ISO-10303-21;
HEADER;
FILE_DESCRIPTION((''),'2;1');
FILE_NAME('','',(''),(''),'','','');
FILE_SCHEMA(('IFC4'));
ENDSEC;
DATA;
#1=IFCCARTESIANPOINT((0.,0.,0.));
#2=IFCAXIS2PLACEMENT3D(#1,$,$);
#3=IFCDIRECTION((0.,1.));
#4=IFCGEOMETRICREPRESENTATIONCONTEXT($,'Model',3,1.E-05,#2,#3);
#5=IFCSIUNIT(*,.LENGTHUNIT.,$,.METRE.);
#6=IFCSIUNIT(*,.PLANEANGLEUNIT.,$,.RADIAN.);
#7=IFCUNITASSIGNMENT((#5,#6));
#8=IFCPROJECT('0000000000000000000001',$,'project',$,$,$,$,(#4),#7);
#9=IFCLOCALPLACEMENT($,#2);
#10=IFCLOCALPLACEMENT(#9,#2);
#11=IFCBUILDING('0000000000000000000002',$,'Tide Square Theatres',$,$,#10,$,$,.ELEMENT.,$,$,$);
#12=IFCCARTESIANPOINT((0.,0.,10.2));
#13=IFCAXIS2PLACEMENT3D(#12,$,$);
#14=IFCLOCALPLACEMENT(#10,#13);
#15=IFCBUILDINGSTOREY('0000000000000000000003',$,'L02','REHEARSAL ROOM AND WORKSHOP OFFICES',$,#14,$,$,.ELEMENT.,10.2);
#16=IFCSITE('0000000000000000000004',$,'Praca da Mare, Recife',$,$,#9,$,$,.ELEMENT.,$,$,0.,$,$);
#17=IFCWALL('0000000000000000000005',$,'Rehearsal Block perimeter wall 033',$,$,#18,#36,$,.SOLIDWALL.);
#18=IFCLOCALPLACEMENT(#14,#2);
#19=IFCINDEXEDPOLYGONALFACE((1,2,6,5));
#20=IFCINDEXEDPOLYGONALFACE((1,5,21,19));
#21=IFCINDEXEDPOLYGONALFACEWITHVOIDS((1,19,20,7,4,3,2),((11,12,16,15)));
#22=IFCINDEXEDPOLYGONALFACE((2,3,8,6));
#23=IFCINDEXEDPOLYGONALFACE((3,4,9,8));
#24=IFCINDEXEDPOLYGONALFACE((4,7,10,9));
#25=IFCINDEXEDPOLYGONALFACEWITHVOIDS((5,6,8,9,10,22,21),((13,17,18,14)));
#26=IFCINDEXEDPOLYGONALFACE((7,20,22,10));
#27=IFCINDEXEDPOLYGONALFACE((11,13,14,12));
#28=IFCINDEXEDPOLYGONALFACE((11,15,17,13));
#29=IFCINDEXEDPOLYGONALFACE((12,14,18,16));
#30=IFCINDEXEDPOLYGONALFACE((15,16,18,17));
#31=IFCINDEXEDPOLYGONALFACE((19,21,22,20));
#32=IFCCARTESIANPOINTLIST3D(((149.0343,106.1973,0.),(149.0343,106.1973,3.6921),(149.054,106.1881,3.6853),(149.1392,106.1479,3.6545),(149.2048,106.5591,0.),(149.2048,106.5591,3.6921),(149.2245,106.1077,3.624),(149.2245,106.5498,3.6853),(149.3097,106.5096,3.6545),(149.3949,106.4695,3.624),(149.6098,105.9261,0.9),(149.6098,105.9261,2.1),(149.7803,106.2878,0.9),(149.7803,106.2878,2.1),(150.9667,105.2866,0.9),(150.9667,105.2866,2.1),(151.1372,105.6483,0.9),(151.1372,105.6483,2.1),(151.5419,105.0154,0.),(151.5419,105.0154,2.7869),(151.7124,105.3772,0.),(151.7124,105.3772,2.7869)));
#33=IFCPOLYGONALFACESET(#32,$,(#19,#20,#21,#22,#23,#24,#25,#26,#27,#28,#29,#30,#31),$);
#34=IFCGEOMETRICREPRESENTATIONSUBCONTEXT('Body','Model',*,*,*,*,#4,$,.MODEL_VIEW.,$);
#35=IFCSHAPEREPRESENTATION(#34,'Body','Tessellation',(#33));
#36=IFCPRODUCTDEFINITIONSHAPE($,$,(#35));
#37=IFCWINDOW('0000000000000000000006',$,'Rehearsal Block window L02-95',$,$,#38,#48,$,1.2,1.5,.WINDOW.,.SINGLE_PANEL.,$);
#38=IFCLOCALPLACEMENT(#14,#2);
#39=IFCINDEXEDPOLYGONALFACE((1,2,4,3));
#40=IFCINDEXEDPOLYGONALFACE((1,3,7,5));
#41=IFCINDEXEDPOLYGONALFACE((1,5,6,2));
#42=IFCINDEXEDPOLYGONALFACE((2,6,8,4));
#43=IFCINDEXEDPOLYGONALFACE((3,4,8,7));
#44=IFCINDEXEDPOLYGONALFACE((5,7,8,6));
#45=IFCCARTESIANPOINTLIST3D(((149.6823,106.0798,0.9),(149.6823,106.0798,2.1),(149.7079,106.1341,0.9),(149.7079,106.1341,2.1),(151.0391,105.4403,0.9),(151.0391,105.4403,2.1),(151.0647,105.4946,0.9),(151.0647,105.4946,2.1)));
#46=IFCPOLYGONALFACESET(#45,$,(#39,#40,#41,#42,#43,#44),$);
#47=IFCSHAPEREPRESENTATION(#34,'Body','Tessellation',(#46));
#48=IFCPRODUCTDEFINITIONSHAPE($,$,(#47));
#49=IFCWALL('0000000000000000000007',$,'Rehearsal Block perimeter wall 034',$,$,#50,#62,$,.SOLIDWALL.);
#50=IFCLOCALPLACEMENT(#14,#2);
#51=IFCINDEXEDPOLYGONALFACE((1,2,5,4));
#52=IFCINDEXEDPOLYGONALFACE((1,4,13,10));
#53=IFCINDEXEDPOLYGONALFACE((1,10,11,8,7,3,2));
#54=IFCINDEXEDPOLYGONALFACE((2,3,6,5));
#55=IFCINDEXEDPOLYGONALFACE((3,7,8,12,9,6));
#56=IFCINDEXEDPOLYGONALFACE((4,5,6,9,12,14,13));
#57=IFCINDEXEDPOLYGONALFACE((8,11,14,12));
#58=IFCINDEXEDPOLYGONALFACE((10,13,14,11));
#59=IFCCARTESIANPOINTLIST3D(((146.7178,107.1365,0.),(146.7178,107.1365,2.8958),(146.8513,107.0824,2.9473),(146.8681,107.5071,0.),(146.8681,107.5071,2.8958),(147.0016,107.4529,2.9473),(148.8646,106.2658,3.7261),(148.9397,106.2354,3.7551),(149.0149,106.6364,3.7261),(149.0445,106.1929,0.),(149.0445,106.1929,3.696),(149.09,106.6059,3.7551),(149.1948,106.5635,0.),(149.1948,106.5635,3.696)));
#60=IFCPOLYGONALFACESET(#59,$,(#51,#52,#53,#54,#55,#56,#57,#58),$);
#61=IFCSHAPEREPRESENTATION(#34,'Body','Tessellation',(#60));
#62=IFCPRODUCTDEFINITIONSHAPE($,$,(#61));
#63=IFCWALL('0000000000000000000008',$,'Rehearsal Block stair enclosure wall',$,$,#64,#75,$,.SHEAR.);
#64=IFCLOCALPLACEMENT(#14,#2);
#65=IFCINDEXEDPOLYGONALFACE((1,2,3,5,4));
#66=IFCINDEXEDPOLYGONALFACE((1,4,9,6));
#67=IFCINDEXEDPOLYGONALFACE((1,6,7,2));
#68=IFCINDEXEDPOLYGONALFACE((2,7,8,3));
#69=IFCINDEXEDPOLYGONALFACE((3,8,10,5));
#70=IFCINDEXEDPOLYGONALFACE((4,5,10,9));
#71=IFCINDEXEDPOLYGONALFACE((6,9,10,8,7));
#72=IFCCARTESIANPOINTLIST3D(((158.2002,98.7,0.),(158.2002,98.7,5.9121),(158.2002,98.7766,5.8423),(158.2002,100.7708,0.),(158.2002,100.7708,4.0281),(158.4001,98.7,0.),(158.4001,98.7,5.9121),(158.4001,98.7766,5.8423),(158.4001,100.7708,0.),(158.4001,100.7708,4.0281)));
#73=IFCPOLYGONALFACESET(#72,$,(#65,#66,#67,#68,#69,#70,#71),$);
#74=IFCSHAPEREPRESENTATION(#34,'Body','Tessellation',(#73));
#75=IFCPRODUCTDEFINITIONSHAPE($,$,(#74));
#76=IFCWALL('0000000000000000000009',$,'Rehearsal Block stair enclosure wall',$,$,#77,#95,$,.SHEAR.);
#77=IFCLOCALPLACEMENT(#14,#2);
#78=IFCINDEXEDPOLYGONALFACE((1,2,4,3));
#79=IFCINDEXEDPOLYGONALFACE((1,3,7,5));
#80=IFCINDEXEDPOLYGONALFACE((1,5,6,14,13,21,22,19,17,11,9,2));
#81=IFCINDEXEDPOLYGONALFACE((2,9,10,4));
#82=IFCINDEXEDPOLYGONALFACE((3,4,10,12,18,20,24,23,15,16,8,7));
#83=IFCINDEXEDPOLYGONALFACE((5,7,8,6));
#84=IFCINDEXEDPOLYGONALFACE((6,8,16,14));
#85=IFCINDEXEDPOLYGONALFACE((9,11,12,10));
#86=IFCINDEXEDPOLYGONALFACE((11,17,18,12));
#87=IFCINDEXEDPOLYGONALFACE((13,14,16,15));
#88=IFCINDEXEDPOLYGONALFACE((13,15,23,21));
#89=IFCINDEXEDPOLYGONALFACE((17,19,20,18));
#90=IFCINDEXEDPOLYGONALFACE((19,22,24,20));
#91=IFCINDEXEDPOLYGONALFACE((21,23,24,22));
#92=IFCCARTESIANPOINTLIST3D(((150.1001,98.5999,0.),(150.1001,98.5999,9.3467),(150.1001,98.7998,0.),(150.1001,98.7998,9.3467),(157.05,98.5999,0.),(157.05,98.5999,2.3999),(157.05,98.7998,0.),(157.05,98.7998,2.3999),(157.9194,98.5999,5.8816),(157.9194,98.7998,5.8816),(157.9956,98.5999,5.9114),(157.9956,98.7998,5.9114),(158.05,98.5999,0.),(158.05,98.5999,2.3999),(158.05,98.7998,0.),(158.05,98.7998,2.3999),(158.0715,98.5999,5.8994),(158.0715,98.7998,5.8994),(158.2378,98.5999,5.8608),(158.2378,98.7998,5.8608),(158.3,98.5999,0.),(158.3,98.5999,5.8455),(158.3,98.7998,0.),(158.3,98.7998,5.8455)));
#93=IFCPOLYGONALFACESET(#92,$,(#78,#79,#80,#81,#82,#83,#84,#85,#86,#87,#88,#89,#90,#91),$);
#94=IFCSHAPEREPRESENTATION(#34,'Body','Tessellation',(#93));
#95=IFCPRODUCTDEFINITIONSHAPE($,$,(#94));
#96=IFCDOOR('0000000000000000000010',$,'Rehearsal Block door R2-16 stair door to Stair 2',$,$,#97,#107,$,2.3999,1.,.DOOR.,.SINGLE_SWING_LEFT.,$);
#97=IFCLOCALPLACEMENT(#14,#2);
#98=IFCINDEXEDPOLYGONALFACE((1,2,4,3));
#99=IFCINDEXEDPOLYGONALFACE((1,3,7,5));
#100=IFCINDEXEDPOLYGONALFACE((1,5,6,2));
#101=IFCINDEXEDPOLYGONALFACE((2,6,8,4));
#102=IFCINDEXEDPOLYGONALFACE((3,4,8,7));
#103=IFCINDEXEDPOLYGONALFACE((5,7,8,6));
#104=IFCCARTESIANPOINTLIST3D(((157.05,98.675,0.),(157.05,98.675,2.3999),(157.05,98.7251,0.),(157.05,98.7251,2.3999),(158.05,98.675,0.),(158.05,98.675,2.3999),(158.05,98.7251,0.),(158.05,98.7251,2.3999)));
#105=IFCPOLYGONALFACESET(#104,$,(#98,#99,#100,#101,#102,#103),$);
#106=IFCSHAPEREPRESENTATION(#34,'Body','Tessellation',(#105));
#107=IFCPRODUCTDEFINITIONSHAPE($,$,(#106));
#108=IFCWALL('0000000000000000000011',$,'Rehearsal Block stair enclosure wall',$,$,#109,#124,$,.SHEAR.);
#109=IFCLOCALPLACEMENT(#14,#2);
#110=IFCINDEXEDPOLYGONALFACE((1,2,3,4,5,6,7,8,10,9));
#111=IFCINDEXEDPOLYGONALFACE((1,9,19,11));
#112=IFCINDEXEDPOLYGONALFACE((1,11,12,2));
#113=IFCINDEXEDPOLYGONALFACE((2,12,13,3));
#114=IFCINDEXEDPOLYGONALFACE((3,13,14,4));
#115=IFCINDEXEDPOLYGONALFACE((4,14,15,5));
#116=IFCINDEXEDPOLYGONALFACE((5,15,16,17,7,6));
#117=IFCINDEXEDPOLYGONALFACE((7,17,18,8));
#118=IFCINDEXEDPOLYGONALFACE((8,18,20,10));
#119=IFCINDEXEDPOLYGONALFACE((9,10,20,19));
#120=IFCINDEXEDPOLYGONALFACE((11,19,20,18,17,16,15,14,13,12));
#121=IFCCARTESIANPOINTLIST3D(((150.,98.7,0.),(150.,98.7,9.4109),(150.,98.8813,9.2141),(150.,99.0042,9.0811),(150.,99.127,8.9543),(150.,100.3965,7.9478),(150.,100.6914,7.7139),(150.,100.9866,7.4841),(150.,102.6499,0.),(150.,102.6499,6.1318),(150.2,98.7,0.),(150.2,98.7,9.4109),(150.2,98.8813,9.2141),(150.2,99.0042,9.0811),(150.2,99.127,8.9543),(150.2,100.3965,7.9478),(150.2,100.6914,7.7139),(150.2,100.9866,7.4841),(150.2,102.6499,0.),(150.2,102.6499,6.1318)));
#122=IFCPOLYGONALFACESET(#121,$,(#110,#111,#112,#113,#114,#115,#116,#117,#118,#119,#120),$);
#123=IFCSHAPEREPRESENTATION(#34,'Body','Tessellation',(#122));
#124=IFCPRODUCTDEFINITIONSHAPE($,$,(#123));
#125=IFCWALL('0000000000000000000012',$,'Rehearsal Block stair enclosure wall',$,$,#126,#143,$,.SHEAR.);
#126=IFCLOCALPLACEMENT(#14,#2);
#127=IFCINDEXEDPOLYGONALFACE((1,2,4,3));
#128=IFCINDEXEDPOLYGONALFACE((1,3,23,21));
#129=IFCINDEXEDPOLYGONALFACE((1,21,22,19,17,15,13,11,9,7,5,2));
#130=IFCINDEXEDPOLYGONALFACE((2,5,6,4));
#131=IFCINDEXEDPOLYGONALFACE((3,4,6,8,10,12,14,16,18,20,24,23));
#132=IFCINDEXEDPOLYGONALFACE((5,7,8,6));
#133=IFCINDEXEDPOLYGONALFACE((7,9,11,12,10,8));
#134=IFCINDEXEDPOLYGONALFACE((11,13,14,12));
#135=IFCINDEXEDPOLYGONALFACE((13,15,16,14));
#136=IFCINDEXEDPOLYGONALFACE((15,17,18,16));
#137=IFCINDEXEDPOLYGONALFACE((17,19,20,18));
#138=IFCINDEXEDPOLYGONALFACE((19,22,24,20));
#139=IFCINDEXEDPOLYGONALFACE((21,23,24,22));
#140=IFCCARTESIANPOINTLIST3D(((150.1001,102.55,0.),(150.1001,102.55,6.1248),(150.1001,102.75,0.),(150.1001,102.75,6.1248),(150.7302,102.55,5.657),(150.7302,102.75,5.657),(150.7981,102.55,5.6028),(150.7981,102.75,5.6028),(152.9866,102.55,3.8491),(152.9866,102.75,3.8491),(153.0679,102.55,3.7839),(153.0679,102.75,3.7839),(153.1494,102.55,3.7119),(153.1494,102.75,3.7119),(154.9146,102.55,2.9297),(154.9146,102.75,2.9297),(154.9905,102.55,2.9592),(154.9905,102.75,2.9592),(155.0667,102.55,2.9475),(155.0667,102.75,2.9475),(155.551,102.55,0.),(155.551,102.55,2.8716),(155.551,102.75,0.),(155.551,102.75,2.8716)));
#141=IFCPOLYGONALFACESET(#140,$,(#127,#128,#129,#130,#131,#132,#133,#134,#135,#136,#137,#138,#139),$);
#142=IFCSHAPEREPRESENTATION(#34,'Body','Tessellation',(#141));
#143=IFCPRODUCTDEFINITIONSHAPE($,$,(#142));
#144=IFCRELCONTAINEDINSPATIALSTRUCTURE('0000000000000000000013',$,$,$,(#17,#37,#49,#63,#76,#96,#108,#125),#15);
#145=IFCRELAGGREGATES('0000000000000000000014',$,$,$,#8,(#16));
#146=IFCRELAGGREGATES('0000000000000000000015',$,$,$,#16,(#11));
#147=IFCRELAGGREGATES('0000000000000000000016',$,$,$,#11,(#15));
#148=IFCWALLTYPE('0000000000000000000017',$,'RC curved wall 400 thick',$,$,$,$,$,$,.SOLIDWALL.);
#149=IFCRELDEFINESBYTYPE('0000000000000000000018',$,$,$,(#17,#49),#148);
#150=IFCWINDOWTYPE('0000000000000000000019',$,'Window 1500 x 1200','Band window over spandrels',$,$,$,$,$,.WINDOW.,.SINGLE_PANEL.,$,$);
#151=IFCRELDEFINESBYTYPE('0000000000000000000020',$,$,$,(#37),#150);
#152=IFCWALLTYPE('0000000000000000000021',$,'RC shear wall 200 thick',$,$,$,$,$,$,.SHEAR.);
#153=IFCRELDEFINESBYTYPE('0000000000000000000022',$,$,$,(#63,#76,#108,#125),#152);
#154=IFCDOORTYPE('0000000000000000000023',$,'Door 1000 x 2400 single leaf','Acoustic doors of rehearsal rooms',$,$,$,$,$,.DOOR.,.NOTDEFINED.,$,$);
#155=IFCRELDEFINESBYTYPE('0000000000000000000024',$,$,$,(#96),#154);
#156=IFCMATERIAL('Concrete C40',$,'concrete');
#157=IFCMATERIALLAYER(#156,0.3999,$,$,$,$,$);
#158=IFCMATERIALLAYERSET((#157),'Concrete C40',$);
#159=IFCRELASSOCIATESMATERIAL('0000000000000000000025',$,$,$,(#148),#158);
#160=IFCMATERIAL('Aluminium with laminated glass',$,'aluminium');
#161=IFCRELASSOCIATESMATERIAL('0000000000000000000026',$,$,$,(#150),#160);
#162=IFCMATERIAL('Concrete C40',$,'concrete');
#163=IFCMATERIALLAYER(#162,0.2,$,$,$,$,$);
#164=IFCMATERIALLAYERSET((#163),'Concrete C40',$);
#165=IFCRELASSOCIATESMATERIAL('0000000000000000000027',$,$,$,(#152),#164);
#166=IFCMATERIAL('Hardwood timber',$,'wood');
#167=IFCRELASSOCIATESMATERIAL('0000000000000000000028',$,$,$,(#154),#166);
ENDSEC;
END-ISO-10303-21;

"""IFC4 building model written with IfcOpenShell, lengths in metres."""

from ifc_helpers import new_model, si_unit, direction, frame, frame_2d, origin, place, context, subcontext, project, spatial, polyline, rectangle, outline, extrude, material, layer, layer_set, type_object, element, fill, save


model = new_model("IFC4")

# Units and contexts
model_context = context("Model", 3, precision=1e-05, world=origin(), true_north=direction((0.0, 1.0)))
body_context = subcontext(model_context, "Body", "Model", "MODEL_VIEW")
ifc_project = project(units=[si_unit("LENGTHUNIT", "METRE"), si_unit("PLANEANGLEUNIT", "RADIAN")], contexts=[model_context])

# Site, building, storey
site_placement = place(None, origin())
site = spatial("IfcSite", under=ifc_project, at=site_placement, Name="Praca da Mare, Recife", CompositionType="ELEMENT", RefElevation=0.0)
building_placement = place(site_placement, origin())
building = spatial("IfcBuilding", under=site, at=building_placement, Name="Tide Square Theatres", CompositionType="ELEMENT")
storey_placement = place(building_placement, frame((0.0, 0.0, 10.2)))
storey = spatial("IfcBuildingStorey", under=building, at=storey_placement, Name="L02", Description="REHEARSAL ROOM AND WORKSHOP OFFICES", CompositionType="ELEMENT", Elevation=10.2)

# Shared definitions
ifc_material_1 = material(Name="Concrete C40", Category="concrete")
ifc_layer_1 = layer(ifc_material_1, 0.3999)
ifc_layer_set_1 = layer_set([ifc_layer_1], Name="Concrete C40")
wall_type_1 = type_object("IfcWallType", Name="RC curved wall 400 thick", PredefinedType="SOLIDWALL", material=ifc_layer_set_1)

# Wall, opening, window
wall_1_placement = place(storey_placement, frame((151.6272, 105.1963, 0.0), z_axis=(0.0, 0.0, 1.0), x_axis=(-0.904561, 0.426344, 0.0)))
wall_1 = element("IfcWall", 1, at=wall_1_placement, inside=storey, type_object=wall_type_1, Name="Rehearsal Block perimeter wall 033", PredefinedType="SOLIDWALL", context=body_context, shape_type="SweptSolid", body=[
    extrude(outline(polyline([(0.0, 0.0), (2.7722, 0.0), (2.7722, 3.6921), (2.7505, 3.6853), (2.6562, 3.6545), (2.562, 3.624), (0.0, 2.7869), (0.0, 0.0)])), frame((0.0, 0.2, 0.0), z_axis=(0.0, -1.0, 0.0), x_axis=(1.0, 0.0, 0.0)), (0.0, 0.0, 1.0), 0.3999),
])
opening_1_placement = place(wall_1_placement, frame((0.636, 0.0, 0.8999)))
opening_1 = element("IfcOpeningElement", 2, at=opening_1_placement, cuts=wall_1, PredefinedType="OPENING", context=body_context, shape_type="SweptSolid", body=[
    extrude(rectangle(XDim=1.5, YDim=1.2, at=frame_2d((0.75, 0.6001))), frame((0.0, 0.21, 0.0), z_axis=(0.0, -1.0, 0.0), x_axis=(1.0, 0.0, 0.0)), (0.0, 0.0, 1.0), 0.4199),
])
ifc_material_2 = material(Name="Aluminium with laminated glass", Category="aluminium")
window_type = type_object("IfcWindowType", Name="Window 1500 x 1200", Description="Band window over spandrels", PartitioningType="SINGLE_PANEL", PredefinedType="WINDOW", material=ifc_material_2)
window_placement = place(opening_1_placement, origin())
window = element("IfcWindow", 3, at=window_placement, inside=storey, type_object=window_type, Name="Rehearsal Block window L02-95", OverallHeight=1.2, OverallWidth=1.5, PartitioningType="SINGLE_PANEL", PredefinedType="WINDOW", context=body_context, shape_type="SweptSolid", body=[
    extrude(rectangle(XDim=1.5, YDim=1.2, at=frame_2d((0.75, 0.6001))), frame((0.0, 0.03, 0.0), z_axis=(0.0, -1.0, 0.0), x_axis=(1.0, 0.0, 0.0)), (0.0, 0.0, 1.0), 0.0601),
])
fill(opening_1, window)

# Walls
wall_2_placement = place(storey_placement, frame((149.1196, 106.3782, 0.0), z_axis=(0.0, 0.0, 1.0), x_axis=(-0.926689, 0.375829, 0.0)))
element("IfcWall", 4, at=wall_2_placement, inside=storey, type_object=wall_type_1, Name="Rehearsal Block perimeter wall 034", PredefinedType="SOLIDWALL", context=body_context, shape_type="SweptSolid", body=[
    extrude(outline(polyline([(0.0, 0.0), (2.5107, 0.0), (2.5107, 2.8958), (2.3667, 2.9473), (0.1941, 3.7261), (0.113, 3.7551), (0.0, 3.696), (0.0, 0.0)])), frame((0.0, 0.2, 0.0), z_axis=(0.0, -1.0, 0.0), x_axis=(1.0, 0.0, 0.0)), (0.0, 0.0, 1.0), 0.3999),
])
ifc_material_3 = material(Name="Concrete C40", Category="concrete")
ifc_layer_2 = layer(ifc_material_3, 0.2)
ifc_layer_set_2 = layer_set([ifc_layer_2], Name="Concrete C40")
wall_type_2 = type_object("IfcWallType", Name="RC shear wall 200 thick", PredefinedType="SHEAR", material=ifc_layer_set_2)
wall_3_placement = place(storey_placement, frame((158.3, 100.7708, 0.0), z_axis=(0.0, 0.0, 1.0), x_axis=(0.0, -1.0, 0.0)))
element("IfcWall", 5, at=wall_3_placement, inside=storey, type_object=wall_type_2, Name="Rehearsal Block stair enclosure wall", PredefinedType="SHEAR", context=body_context, shape_type="SweptSolid", body=[
    extrude(outline(polyline([(0.0, 0.0), (2.0708, 0.0), (2.0708, 5.9121), (1.9941, 5.8423), (0.0, 4.0281), (0.0, 0.0)])), frame((0.0, 0.1001, 0.0), z_axis=(0.0, -1.0, 0.0), x_axis=(1.0, 0.0, 0.0)), (0.0, 0.0, 1.0), 0.2),
])

# Wall, opening, door
wall_4_placement = place(storey_placement, frame((158.3, 98.7, 0.0), z_axis=(0.0, 0.0, 1.0), x_axis=(-1.0, 0.0, 0.0)))
wall_4 = element("IfcWall", 6, at=wall_4_placement, inside=storey, type_object=wall_type_2, Name="Rehearsal Block stair enclosure wall", PredefinedType="SHEAR", context=body_context, shape_type="SweptSolid", body=[
    extrude(outline(polyline([(0.0, 0.0), (8.2, 0.0), (8.2, 9.3467), (0.3806, 5.8816), (0.3044, 5.9114), (0.2285, 5.8994), (0.0623, 5.8608), (0.0, 5.8455), (0.0, 0.0)])), frame((0.0, 0.1001, 0.0), z_axis=(0.0, -1.0, 0.0), x_axis=(1.0, 0.0, 0.0)), (0.0, 0.0, 1.0), 0.2),
])
opening_2_placement = place(wall_4_placement, frame((0.25, 0.0, 0.0)))
opening_2 = element("IfcOpeningElement", 7, at=opening_2_placement, cuts=wall_4, PredefinedType="OPENING", context=body_context, shape_type="SweptSolid", body=[
    extrude(rectangle(XDim=1.0, YDim=2.3999, at=frame_2d((0.5, 1.2))), frame((0.0, 0.1099, 0.0), z_axis=(0.0, -1.0, 0.0), x_axis=(1.0, 0.0, 0.0)), (0.0, 0.0, 1.0), 0.22),
])
ifc_material_4 = material(Name="Hardwood timber", Category="wood")
door_type_1 = type_object("IfcDoorType", Name="Door 1000 x 2400 single leaf", Description="Acoustic doors of rehearsal rooms", OperationType="NOTDEFINED", PredefinedType="DOOR", material=ifc_material_4)
door_1_placement = place(opening_2_placement, origin())
door_1 = element("IfcDoor", 8, at=door_1_placement, inside=storey, type_object=door_type_1, Name="Rehearsal Block door R2-16 stair door to Stair 2", OperationType="SINGLE_SWING_LEFT", OverallHeight=2.3999, OverallWidth=1.0, PredefinedType="DOOR", context=body_context, shape_type="SweptSolid", body=[
    extrude(rectangle(XDim=1.0, YDim=2.3999, at=frame_2d((0.5, 1.2))), frame((0.0, 0.0249, 0.0), z_axis=(0.0, -1.0, 0.0), x_axis=(1.0, 0.0, 0.0)), (0.0, 0.0, 1.0), 0.05),
])
fill(opening_2, door_1)

# Walls
wall_5_placement = place(storey_placement, frame((150.1001, 98.7, 0.0), z_axis=(0.0, 0.0, 1.0), x_axis=(0.0, 1.0, 0.0)))
element("IfcWall", 9, at=wall_5_placement, inside=storey, type_object=wall_type_2, Name="Rehearsal Block stair enclosure wall", PredefinedType="SHEAR", context=body_context, shape_type="SweptSolid", body=[
    extrude(outline(polyline([(0.0, 0.0), (3.95, 0.0), (3.95, 6.1318), (2.2866, 7.4841), (1.9915, 7.7139), (1.6965, 7.9478), (0.427, 8.9543), (0.3042, 9.0811), (0.1814, 9.2141), (0.0, 9.4109), (0.0, 0.0)])), frame((0.0, 0.1001, 0.0), z_axis=(0.0, -1.0, 0.0), x_axis=(1.0, 0.0, 0.0)), (0.0, 0.0, 1.0), 0.2),
])
wall_6_placement = place(storey_placement, frame((150.1001, 102.6499, 0.0), z_axis=(0.0, 0.0, 1.0), x_axis=(1.0, 0.0, 0.0)))
element("IfcWall", 10, at=wall_6_placement, inside=storey, type_object=wall_type_2, Name="Rehearsal Block stair enclosure wall", PredefinedType="SHEAR", context=body_context, shape_type="SweptSolid", body=[
    extrude(outline(polyline([(0.0, 0.0), (5.4509, 0.0), (5.4509, 2.8716), (4.9666, 2.9475), (4.8904, 2.9592), (4.8145, 2.9297), (3.0493, 3.7119), (2.9678, 3.7839), (2.8865, 3.8491), (0.698, 5.6028), (0.6301, 5.657), (0.0, 6.1248), (0.0, 0.0)])), frame((0.0, 0.1001, 0.0), z_axis=(0.0, -1.0, 0.0), x_axis=(1.0, 0.0, 0.0)), (0.0, 0.0, 1.0), 0.2),
])

save(model, "model.ifc")
